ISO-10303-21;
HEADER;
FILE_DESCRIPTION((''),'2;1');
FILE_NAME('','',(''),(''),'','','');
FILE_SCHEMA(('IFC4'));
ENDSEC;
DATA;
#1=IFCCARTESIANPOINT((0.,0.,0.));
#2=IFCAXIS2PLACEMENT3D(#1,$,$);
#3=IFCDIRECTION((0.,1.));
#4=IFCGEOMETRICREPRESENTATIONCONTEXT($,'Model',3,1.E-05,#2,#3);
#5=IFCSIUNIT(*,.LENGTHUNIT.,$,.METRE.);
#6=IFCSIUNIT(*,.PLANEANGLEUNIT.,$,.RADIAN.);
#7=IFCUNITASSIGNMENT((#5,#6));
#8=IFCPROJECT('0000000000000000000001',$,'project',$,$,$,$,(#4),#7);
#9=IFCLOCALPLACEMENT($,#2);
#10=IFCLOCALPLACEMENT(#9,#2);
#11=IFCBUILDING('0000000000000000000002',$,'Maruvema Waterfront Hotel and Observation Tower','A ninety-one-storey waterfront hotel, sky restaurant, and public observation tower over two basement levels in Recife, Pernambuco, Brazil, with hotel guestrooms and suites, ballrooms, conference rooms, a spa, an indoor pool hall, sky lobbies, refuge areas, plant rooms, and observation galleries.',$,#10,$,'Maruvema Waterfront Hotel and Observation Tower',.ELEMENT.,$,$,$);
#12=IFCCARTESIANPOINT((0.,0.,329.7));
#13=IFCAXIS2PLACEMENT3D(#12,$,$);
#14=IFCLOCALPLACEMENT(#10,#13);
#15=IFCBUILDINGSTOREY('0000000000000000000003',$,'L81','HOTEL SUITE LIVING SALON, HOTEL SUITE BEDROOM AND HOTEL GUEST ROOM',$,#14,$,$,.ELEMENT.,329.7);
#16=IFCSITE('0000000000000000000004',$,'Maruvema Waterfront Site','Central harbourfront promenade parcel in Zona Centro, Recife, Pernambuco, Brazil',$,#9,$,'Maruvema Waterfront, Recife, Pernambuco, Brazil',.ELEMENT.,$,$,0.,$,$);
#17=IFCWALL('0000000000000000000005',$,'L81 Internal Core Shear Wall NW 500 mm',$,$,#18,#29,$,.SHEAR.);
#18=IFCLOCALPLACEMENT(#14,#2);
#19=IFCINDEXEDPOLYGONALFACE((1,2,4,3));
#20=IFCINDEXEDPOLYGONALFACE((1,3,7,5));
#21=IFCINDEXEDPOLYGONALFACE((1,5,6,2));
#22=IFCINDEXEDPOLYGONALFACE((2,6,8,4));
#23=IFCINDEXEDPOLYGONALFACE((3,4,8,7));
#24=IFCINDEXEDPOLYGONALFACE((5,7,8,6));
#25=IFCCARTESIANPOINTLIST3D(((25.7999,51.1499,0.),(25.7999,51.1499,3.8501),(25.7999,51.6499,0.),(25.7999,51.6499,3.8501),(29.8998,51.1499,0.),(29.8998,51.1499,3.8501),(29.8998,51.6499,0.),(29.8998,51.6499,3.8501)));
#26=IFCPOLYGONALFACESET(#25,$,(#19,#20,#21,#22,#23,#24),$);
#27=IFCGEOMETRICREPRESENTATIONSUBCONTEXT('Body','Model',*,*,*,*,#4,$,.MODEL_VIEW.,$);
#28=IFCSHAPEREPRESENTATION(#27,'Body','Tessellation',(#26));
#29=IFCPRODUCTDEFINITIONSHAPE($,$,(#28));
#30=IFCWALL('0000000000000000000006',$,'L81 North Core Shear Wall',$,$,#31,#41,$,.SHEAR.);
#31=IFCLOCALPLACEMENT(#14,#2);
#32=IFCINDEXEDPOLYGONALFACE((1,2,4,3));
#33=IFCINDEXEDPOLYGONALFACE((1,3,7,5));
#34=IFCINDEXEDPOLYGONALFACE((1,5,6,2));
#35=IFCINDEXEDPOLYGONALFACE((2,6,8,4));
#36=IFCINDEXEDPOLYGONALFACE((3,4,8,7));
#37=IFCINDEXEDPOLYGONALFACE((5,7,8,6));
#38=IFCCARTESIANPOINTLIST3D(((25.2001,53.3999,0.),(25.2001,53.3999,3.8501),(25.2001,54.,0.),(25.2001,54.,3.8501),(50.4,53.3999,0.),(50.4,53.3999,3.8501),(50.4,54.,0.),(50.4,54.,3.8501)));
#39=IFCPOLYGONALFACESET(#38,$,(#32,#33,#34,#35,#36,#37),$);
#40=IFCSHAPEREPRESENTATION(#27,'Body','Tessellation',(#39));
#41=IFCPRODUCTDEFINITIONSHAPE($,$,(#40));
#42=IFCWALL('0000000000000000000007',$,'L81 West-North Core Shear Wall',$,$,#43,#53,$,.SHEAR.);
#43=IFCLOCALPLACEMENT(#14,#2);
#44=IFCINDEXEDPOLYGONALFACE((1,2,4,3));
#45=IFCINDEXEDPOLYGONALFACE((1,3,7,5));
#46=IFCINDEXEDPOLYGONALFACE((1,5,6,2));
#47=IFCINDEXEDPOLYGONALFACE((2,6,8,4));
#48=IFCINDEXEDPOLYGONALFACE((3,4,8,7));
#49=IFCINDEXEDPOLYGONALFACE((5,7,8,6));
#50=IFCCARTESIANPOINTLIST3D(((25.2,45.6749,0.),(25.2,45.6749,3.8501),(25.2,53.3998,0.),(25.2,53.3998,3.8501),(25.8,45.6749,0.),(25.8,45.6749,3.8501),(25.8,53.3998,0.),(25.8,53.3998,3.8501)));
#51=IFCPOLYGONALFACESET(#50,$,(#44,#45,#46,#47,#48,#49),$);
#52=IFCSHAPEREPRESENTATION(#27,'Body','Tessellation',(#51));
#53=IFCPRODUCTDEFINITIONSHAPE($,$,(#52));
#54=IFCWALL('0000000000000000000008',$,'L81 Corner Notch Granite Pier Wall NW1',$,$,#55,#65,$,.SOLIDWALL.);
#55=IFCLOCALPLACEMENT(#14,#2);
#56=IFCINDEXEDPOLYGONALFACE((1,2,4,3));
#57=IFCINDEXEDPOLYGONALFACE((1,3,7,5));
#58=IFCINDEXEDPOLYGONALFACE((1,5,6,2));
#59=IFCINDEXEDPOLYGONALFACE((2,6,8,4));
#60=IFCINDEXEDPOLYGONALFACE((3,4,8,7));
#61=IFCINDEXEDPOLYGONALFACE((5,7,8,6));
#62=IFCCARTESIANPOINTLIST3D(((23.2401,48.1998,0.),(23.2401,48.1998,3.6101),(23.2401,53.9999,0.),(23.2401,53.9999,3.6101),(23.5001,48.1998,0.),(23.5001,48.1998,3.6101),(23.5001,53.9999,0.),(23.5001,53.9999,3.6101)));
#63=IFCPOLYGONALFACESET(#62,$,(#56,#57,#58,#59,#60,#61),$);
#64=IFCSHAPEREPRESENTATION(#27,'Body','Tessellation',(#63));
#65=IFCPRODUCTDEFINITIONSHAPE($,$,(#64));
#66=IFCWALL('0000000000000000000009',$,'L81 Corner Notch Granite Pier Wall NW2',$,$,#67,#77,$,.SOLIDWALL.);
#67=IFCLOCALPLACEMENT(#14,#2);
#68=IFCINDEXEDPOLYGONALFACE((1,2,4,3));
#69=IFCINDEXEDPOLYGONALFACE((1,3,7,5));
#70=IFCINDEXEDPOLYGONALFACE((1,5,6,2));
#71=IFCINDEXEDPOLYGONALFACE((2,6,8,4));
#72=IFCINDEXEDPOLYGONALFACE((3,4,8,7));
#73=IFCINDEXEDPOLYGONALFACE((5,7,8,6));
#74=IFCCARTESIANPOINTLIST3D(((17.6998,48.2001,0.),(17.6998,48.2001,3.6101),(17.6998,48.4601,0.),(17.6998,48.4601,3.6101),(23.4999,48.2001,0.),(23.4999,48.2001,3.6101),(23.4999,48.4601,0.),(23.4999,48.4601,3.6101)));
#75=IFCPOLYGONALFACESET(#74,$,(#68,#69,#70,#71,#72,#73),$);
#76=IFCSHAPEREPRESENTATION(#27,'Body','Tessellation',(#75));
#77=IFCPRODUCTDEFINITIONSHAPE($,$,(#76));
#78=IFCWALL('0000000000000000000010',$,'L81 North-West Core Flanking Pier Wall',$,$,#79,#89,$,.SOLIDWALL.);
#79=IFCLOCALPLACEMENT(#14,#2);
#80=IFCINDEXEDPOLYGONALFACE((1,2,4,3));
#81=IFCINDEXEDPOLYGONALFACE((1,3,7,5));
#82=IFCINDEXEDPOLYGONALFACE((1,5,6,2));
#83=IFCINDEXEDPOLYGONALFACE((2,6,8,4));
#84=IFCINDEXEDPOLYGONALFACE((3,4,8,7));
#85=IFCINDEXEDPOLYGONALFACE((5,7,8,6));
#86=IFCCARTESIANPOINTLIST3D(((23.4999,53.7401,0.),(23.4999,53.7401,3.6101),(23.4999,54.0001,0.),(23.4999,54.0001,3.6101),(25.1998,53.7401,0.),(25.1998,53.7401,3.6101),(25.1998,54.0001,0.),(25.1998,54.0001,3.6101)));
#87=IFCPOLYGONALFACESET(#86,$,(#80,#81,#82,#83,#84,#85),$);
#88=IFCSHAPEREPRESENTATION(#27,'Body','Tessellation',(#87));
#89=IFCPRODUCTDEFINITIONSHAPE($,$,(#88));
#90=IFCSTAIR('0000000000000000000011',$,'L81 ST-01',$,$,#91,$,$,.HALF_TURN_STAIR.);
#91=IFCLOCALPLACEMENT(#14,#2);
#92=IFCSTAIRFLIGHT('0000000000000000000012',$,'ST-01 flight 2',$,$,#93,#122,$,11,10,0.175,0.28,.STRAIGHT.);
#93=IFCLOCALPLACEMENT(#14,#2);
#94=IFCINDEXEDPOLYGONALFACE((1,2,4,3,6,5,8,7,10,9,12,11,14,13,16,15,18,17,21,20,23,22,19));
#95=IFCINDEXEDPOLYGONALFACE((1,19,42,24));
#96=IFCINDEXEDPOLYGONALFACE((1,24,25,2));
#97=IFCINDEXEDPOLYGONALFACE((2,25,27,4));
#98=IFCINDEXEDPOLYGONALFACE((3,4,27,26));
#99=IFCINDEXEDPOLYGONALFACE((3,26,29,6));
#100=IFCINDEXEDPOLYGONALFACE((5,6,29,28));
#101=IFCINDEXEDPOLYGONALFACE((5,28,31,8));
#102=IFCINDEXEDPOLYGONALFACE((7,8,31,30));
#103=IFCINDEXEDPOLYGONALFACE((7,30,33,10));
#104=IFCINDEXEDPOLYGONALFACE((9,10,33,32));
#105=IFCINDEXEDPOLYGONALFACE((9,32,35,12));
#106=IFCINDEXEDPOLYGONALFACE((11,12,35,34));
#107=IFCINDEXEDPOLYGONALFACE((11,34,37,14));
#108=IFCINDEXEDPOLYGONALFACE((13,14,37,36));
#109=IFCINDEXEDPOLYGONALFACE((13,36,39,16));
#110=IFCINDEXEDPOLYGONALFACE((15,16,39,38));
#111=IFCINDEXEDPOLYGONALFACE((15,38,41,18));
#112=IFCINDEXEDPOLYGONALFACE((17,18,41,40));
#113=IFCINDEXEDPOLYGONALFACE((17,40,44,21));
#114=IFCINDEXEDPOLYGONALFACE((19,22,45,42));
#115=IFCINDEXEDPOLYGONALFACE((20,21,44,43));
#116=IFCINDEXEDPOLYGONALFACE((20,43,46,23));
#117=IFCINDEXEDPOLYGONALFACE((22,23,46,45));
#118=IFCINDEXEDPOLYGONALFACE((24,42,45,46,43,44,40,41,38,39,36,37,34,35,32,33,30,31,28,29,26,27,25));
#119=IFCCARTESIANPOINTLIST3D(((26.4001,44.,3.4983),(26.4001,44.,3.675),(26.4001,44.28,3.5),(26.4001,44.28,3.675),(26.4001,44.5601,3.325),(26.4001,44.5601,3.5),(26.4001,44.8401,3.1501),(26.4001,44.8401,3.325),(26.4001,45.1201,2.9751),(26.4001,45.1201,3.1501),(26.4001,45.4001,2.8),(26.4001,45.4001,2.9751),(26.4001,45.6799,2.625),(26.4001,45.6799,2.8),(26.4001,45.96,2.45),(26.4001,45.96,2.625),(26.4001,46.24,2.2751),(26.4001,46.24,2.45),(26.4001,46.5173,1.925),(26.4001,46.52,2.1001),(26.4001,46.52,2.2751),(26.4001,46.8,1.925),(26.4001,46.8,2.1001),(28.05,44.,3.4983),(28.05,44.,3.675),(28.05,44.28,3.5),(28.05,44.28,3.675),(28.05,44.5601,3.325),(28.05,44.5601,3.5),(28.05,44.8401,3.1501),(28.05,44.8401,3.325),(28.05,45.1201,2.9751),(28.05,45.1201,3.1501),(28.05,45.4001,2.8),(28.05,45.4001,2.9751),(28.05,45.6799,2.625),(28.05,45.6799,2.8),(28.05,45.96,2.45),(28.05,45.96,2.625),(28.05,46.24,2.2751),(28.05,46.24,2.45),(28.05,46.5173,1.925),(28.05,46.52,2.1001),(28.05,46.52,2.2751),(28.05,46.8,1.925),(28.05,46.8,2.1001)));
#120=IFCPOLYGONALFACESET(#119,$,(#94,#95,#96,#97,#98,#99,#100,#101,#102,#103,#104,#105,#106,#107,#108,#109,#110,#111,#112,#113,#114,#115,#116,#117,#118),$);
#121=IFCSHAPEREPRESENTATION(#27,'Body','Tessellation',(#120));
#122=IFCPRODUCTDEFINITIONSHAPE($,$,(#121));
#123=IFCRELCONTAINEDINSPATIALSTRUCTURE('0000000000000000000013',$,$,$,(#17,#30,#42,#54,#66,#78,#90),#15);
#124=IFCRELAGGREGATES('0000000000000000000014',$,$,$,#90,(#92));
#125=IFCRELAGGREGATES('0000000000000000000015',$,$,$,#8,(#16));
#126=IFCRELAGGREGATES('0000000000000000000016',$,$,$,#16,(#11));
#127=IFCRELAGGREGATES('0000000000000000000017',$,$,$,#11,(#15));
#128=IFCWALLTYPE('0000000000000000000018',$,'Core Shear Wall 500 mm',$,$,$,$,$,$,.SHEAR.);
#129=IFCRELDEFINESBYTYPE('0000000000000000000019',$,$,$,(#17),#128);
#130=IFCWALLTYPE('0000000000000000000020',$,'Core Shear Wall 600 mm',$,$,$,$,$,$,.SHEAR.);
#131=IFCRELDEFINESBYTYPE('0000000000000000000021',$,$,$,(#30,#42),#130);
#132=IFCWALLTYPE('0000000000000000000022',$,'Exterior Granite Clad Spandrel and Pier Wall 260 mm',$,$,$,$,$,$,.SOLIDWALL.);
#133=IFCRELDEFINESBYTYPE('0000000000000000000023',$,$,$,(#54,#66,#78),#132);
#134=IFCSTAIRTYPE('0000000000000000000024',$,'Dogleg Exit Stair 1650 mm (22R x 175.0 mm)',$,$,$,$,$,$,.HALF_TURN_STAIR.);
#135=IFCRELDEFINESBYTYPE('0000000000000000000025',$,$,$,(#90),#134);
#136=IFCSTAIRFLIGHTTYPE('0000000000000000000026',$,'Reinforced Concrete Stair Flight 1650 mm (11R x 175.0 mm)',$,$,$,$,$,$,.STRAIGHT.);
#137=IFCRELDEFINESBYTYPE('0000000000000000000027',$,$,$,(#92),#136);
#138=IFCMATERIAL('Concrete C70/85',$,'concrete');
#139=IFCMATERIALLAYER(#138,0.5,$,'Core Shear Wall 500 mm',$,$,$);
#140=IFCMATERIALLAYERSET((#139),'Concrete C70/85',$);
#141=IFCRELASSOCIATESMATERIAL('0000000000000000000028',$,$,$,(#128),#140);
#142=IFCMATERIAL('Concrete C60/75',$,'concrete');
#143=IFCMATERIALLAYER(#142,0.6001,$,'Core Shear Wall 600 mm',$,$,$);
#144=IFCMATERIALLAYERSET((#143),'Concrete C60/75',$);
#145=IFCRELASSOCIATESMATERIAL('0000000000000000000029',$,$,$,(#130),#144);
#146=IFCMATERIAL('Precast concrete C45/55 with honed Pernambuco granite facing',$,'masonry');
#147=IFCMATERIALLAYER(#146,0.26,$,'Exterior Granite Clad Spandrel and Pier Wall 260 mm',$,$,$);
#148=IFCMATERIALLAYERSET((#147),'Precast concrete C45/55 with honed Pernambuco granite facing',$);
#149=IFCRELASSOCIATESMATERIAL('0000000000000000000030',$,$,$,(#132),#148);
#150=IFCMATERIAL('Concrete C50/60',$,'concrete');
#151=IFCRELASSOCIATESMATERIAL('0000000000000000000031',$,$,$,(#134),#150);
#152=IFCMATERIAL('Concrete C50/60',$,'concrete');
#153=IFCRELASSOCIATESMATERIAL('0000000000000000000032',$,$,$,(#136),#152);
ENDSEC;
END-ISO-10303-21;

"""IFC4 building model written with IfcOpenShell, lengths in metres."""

from ifc_helpers import new_model, si_unit, direction, frame, frame_2d, origin, place, context, subcontext, project, spatial, polyline, rectangle, outline, extrude, material, layer, layer_set, type_object, element, aggregate, save


model = new_model("IFC4")

# Units and contexts
model_context = context("Model", 3, precision=1e-05, world=origin(), true_north=direction((0.0, 1.0)))
body_context = subcontext(model_context, "Body", "Model", "MODEL_VIEW")
ifc_project = project(units=[si_unit("LENGTHUNIT", "METRE"), si_unit("PLANEANGLEUNIT", "RADIAN")], contexts=[model_context])

# Site, building, storey
site_placement = place(None, origin())
site = spatial("IfcSite", under=ifc_project, at=site_placement, Name="Maruvema Waterfront Site", Description="Central harbourfront promenade parcel in Zona Centro, Recife, Pernambuco, Brazil", LongName="Maruvema Waterfront, Recife, Pernambuco, Brazil", CompositionType="ELEMENT", RefElevation=0.0)
building_placement = place(site_placement, origin())
building = spatial("IfcBuilding", under=site, at=building_placement, Name="Maruvema Waterfront Hotel and Observation Tower", Description="A ninety-one-storey waterfront hotel, sky restaurant, and public observation tower over two basement levels in Recife, Pernambuco, Brazil, with hotel guestrooms and suites, ballrooms, conference rooms, a spa, an indoor pool hall, sky lobbies, refuge areas, plant rooms, and observation galleries.", LongName="Maruvema Waterfront Hotel and Observation Tower", CompositionType="ELEMENT")
storey_placement = place(building_placement, frame((0.0, 0.0, 329.7)))
storey = spatial("IfcBuildingStorey", under=building, at=storey_placement, Name="L81", Description="HOTEL SUITE LIVING SALON, HOTEL SUITE BEDROOM AND HOTEL GUEST ROOM", CompositionType="ELEMENT", Elevation=329.7)

# Walls
ifc_material_1 = material(Name="Concrete C70/85", Category="concrete")
ifc_layer_1 = layer(ifc_material_1, 0.5, Name="Core Shear Wall 500 mm")
ifc_layer_set_1 = layer_set([ifc_layer_1], Name="Concrete C70/85")
wall_type_1 = type_object("IfcWallType", Name="Core Shear Wall 500 mm", PredefinedType="SHEAR", material=ifc_layer_set_1)
wall_1_placement = place(storey_placement, frame((25.8, 51.3999, 0.0), z_axis=(0.0, 0.0, 1.0), x_axis=(1.0, 0.0, 0.0)))
element("IfcWall", 1, at=wall_1_placement, inside=storey, type_object=wall_type_1, Name="L81 Internal Core Shear Wall NW 500 mm", PredefinedType="SHEAR", context=body_context, shape_type="SweptSolid", body=[
    extrude(rectangle(XDim=4.0999, YDim=0.5, at=frame_2d((2.0498, 0.0))), origin(), (0.0, 0.0, 1.0), 3.8501),
])
ifc_material_2 = material(Name="Concrete C60/75", Category="concrete")
ifc_layer_2 = layer(ifc_material_2, 0.6001, Name="Core Shear Wall 600 mm")
ifc_layer_set_2 = layer_set([ifc_layer_2], Name="Concrete C60/75")
wall_type_2 = type_object("IfcWallType", Name="Core Shear Wall 600 mm", PredefinedType="SHEAR", material=ifc_layer_set_2)
wall_2_placement = place(storey_placement, frame((25.2, 53.7, 0.0), z_axis=(0.0, 0.0, 1.0), x_axis=(1.0, 0.0, 0.0)))
element("IfcWall", 2, at=wall_2_placement, inside=storey, type_object=wall_type_2, Name="L81 North Core Shear Wall", PredefinedType="SHEAR", context=body_context, shape_type="SweptSolid", body=[
    extrude(rectangle(XDim=25.2, YDim=0.6001, at=frame_2d((12.6001, 0.0))), origin(), (0.0, 0.0, 1.0), 3.8501),
])
wall_3_placement = place(storey_placement, frame((25.5, 45.675, 0.0), z_axis=(0.0, 0.0, 1.0), x_axis=(0.0, 1.0, 0.0)))
element("IfcWall", 3, at=wall_3_placement, inside=storey, type_object=wall_type_2, Name="L81 West-North Core Shear Wall", PredefinedType="SHEAR", context=body_context, shape_type="SweptSolid", body=[
    extrude(rectangle(XDim=7.7249, YDim=0.6001, at=frame_2d((3.8623, 0.0))), origin(), (0.0, 0.0, 1.0), 3.8501),
])
ifc_material_3 = material(Name="Precast concrete C45/55 with honed Pernambuco granite facing", Category="masonry")
ifc_layer_3 = layer(ifc_material_3, 0.26, Name="Exterior Granite Clad Spandrel and Pier Wall 260 mm")
ifc_layer_set_3 = layer_set([ifc_layer_3], Name="Precast concrete C45/55 with honed Pernambuco granite facing")
wall_type_3 = type_object("IfcWallType", Name="Exterior Granite Clad Spandrel and Pier Wall 260 mm", PredefinedType="SOLIDWALL", material=ifc_layer_set_3)
for number, where, z_axis, x_axis, name in (
    (4, (23.3701, 48.2, 0.0), (0.0, 0.0, 1.0), (0.0, 1.0, 0.0), "L81 Corner Notch Granite Pier Wall NW1"),
    (5, (17.7, 48.3301, 0.0), (0.0, 0.0, 1.0), (1.0, 0.0, 0.0), "L81 Corner Notch Granite Pier Wall NW2"),
):
    element("IfcWall", number, at=place(storey_placement, frame(where, z_axis=z_axis, x_axis=x_axis)), inside=storey, type_object=wall_type_3, Name=name, PredefinedType="SOLIDWALL", context=body_context, shape_type="SweptSolid", body=[
        extrude(rectangle(XDim=5.8, YDim=0.26, at=frame_2d((2.8999, 0.0))), origin(), (0.0, 0.0, 1.0), 3.6101),
    ])
wall_4_placement = place(storey_placement, frame((25.2, 53.8701, 0.0), z_axis=(0.0, 0.0, 1.0), x_axis=(-1.0, 0.0, 0.0)))
element("IfcWall", 6, at=wall_4_placement, inside=storey, type_object=wall_type_3, Name="L81 North-West Core Flanking Pier Wall", PredefinedType="SOLIDWALL", context=body_context, shape_type="SweptSolid", body=[
    extrude(rectangle(XDim=1.7, YDim=0.26, at=frame_2d((0.8501, 0.0))), origin(), (0.0, 0.0, 1.0), 3.6101),
])

# Stair, stair flight
ifc_material_4 = material(Name="Concrete C50/60", Category="concrete")
stair_type = type_object("IfcStairType", Name="Dogleg Exit Stair 1650 mm (22R x 175.0 mm)", PredefinedType="HALF_TURN_STAIR", material=ifc_material_4)
stair_placement = place(storey_placement, origin())
stair = element("IfcStair", 7, at=stair_placement, inside=storey, type_object=stair_type, Name="L81 ST-01", PredefinedType="HALF_TURN_STAIR")
ifc_material_5 = material(Name="Concrete C50/60", Category="concrete")
stair_flight_type = type_object("IfcStairFlightType", Name="Reinforced Concrete Stair Flight 1650 mm (11R x 175.0 mm)", PredefinedType="STRAIGHT", material=ifc_material_5)
stair_flight_placement = place(storey_placement, frame((27.2251, 46.8, 1.925), z_axis=(0.0, 0.0, 1.0), x_axis=(0.0, -1.0, 0.0)))
stair_flight = element("IfcStairFlight", 8, at=stair_flight_placement, type_object=stair_flight_type, Name="ST-01 flight 2", NumberOfRisers=11, NumberOfTreads=10, PredefinedType="STRAIGHT", RiserHeight=0.175, TreadLength=0.28, context=body_context, shape_type="SweptSolid", body=[
    extrude(outline(polyline([(0.0, 0.0), (0.0, 0.175), (0.28, 0.175), (0.28, 0.3501), (0.5601, 0.3501), (0.5601, 0.5249), (0.8401, 0.5249), (0.8401, 0.7), (1.1201, 0.7), (1.1201, 0.875), (1.3999, 0.875), (1.3999, 1.05), (1.6799, 1.05), (1.6799, 1.2251), (1.96, 1.2251), (1.96, 1.3999), (2.24, 1.3999), (2.24, 1.575), (2.52, 1.575), (2.52, 1.75), (2.8, 1.75), (2.8, 1.925), (2.8, 1.5732), (0.2827, 0.0), (0.0, 0.0)])), frame((0.0, 0.825, 0.0), z_axis=(0.0, -1.0, 0.0), x_axis=(1.0, 0.0, 0.0)), (0.0, 0.0, 1.0), 1.6499),
])
aggregate(stair, [stair_flight])

save(model, "model.ifc")
